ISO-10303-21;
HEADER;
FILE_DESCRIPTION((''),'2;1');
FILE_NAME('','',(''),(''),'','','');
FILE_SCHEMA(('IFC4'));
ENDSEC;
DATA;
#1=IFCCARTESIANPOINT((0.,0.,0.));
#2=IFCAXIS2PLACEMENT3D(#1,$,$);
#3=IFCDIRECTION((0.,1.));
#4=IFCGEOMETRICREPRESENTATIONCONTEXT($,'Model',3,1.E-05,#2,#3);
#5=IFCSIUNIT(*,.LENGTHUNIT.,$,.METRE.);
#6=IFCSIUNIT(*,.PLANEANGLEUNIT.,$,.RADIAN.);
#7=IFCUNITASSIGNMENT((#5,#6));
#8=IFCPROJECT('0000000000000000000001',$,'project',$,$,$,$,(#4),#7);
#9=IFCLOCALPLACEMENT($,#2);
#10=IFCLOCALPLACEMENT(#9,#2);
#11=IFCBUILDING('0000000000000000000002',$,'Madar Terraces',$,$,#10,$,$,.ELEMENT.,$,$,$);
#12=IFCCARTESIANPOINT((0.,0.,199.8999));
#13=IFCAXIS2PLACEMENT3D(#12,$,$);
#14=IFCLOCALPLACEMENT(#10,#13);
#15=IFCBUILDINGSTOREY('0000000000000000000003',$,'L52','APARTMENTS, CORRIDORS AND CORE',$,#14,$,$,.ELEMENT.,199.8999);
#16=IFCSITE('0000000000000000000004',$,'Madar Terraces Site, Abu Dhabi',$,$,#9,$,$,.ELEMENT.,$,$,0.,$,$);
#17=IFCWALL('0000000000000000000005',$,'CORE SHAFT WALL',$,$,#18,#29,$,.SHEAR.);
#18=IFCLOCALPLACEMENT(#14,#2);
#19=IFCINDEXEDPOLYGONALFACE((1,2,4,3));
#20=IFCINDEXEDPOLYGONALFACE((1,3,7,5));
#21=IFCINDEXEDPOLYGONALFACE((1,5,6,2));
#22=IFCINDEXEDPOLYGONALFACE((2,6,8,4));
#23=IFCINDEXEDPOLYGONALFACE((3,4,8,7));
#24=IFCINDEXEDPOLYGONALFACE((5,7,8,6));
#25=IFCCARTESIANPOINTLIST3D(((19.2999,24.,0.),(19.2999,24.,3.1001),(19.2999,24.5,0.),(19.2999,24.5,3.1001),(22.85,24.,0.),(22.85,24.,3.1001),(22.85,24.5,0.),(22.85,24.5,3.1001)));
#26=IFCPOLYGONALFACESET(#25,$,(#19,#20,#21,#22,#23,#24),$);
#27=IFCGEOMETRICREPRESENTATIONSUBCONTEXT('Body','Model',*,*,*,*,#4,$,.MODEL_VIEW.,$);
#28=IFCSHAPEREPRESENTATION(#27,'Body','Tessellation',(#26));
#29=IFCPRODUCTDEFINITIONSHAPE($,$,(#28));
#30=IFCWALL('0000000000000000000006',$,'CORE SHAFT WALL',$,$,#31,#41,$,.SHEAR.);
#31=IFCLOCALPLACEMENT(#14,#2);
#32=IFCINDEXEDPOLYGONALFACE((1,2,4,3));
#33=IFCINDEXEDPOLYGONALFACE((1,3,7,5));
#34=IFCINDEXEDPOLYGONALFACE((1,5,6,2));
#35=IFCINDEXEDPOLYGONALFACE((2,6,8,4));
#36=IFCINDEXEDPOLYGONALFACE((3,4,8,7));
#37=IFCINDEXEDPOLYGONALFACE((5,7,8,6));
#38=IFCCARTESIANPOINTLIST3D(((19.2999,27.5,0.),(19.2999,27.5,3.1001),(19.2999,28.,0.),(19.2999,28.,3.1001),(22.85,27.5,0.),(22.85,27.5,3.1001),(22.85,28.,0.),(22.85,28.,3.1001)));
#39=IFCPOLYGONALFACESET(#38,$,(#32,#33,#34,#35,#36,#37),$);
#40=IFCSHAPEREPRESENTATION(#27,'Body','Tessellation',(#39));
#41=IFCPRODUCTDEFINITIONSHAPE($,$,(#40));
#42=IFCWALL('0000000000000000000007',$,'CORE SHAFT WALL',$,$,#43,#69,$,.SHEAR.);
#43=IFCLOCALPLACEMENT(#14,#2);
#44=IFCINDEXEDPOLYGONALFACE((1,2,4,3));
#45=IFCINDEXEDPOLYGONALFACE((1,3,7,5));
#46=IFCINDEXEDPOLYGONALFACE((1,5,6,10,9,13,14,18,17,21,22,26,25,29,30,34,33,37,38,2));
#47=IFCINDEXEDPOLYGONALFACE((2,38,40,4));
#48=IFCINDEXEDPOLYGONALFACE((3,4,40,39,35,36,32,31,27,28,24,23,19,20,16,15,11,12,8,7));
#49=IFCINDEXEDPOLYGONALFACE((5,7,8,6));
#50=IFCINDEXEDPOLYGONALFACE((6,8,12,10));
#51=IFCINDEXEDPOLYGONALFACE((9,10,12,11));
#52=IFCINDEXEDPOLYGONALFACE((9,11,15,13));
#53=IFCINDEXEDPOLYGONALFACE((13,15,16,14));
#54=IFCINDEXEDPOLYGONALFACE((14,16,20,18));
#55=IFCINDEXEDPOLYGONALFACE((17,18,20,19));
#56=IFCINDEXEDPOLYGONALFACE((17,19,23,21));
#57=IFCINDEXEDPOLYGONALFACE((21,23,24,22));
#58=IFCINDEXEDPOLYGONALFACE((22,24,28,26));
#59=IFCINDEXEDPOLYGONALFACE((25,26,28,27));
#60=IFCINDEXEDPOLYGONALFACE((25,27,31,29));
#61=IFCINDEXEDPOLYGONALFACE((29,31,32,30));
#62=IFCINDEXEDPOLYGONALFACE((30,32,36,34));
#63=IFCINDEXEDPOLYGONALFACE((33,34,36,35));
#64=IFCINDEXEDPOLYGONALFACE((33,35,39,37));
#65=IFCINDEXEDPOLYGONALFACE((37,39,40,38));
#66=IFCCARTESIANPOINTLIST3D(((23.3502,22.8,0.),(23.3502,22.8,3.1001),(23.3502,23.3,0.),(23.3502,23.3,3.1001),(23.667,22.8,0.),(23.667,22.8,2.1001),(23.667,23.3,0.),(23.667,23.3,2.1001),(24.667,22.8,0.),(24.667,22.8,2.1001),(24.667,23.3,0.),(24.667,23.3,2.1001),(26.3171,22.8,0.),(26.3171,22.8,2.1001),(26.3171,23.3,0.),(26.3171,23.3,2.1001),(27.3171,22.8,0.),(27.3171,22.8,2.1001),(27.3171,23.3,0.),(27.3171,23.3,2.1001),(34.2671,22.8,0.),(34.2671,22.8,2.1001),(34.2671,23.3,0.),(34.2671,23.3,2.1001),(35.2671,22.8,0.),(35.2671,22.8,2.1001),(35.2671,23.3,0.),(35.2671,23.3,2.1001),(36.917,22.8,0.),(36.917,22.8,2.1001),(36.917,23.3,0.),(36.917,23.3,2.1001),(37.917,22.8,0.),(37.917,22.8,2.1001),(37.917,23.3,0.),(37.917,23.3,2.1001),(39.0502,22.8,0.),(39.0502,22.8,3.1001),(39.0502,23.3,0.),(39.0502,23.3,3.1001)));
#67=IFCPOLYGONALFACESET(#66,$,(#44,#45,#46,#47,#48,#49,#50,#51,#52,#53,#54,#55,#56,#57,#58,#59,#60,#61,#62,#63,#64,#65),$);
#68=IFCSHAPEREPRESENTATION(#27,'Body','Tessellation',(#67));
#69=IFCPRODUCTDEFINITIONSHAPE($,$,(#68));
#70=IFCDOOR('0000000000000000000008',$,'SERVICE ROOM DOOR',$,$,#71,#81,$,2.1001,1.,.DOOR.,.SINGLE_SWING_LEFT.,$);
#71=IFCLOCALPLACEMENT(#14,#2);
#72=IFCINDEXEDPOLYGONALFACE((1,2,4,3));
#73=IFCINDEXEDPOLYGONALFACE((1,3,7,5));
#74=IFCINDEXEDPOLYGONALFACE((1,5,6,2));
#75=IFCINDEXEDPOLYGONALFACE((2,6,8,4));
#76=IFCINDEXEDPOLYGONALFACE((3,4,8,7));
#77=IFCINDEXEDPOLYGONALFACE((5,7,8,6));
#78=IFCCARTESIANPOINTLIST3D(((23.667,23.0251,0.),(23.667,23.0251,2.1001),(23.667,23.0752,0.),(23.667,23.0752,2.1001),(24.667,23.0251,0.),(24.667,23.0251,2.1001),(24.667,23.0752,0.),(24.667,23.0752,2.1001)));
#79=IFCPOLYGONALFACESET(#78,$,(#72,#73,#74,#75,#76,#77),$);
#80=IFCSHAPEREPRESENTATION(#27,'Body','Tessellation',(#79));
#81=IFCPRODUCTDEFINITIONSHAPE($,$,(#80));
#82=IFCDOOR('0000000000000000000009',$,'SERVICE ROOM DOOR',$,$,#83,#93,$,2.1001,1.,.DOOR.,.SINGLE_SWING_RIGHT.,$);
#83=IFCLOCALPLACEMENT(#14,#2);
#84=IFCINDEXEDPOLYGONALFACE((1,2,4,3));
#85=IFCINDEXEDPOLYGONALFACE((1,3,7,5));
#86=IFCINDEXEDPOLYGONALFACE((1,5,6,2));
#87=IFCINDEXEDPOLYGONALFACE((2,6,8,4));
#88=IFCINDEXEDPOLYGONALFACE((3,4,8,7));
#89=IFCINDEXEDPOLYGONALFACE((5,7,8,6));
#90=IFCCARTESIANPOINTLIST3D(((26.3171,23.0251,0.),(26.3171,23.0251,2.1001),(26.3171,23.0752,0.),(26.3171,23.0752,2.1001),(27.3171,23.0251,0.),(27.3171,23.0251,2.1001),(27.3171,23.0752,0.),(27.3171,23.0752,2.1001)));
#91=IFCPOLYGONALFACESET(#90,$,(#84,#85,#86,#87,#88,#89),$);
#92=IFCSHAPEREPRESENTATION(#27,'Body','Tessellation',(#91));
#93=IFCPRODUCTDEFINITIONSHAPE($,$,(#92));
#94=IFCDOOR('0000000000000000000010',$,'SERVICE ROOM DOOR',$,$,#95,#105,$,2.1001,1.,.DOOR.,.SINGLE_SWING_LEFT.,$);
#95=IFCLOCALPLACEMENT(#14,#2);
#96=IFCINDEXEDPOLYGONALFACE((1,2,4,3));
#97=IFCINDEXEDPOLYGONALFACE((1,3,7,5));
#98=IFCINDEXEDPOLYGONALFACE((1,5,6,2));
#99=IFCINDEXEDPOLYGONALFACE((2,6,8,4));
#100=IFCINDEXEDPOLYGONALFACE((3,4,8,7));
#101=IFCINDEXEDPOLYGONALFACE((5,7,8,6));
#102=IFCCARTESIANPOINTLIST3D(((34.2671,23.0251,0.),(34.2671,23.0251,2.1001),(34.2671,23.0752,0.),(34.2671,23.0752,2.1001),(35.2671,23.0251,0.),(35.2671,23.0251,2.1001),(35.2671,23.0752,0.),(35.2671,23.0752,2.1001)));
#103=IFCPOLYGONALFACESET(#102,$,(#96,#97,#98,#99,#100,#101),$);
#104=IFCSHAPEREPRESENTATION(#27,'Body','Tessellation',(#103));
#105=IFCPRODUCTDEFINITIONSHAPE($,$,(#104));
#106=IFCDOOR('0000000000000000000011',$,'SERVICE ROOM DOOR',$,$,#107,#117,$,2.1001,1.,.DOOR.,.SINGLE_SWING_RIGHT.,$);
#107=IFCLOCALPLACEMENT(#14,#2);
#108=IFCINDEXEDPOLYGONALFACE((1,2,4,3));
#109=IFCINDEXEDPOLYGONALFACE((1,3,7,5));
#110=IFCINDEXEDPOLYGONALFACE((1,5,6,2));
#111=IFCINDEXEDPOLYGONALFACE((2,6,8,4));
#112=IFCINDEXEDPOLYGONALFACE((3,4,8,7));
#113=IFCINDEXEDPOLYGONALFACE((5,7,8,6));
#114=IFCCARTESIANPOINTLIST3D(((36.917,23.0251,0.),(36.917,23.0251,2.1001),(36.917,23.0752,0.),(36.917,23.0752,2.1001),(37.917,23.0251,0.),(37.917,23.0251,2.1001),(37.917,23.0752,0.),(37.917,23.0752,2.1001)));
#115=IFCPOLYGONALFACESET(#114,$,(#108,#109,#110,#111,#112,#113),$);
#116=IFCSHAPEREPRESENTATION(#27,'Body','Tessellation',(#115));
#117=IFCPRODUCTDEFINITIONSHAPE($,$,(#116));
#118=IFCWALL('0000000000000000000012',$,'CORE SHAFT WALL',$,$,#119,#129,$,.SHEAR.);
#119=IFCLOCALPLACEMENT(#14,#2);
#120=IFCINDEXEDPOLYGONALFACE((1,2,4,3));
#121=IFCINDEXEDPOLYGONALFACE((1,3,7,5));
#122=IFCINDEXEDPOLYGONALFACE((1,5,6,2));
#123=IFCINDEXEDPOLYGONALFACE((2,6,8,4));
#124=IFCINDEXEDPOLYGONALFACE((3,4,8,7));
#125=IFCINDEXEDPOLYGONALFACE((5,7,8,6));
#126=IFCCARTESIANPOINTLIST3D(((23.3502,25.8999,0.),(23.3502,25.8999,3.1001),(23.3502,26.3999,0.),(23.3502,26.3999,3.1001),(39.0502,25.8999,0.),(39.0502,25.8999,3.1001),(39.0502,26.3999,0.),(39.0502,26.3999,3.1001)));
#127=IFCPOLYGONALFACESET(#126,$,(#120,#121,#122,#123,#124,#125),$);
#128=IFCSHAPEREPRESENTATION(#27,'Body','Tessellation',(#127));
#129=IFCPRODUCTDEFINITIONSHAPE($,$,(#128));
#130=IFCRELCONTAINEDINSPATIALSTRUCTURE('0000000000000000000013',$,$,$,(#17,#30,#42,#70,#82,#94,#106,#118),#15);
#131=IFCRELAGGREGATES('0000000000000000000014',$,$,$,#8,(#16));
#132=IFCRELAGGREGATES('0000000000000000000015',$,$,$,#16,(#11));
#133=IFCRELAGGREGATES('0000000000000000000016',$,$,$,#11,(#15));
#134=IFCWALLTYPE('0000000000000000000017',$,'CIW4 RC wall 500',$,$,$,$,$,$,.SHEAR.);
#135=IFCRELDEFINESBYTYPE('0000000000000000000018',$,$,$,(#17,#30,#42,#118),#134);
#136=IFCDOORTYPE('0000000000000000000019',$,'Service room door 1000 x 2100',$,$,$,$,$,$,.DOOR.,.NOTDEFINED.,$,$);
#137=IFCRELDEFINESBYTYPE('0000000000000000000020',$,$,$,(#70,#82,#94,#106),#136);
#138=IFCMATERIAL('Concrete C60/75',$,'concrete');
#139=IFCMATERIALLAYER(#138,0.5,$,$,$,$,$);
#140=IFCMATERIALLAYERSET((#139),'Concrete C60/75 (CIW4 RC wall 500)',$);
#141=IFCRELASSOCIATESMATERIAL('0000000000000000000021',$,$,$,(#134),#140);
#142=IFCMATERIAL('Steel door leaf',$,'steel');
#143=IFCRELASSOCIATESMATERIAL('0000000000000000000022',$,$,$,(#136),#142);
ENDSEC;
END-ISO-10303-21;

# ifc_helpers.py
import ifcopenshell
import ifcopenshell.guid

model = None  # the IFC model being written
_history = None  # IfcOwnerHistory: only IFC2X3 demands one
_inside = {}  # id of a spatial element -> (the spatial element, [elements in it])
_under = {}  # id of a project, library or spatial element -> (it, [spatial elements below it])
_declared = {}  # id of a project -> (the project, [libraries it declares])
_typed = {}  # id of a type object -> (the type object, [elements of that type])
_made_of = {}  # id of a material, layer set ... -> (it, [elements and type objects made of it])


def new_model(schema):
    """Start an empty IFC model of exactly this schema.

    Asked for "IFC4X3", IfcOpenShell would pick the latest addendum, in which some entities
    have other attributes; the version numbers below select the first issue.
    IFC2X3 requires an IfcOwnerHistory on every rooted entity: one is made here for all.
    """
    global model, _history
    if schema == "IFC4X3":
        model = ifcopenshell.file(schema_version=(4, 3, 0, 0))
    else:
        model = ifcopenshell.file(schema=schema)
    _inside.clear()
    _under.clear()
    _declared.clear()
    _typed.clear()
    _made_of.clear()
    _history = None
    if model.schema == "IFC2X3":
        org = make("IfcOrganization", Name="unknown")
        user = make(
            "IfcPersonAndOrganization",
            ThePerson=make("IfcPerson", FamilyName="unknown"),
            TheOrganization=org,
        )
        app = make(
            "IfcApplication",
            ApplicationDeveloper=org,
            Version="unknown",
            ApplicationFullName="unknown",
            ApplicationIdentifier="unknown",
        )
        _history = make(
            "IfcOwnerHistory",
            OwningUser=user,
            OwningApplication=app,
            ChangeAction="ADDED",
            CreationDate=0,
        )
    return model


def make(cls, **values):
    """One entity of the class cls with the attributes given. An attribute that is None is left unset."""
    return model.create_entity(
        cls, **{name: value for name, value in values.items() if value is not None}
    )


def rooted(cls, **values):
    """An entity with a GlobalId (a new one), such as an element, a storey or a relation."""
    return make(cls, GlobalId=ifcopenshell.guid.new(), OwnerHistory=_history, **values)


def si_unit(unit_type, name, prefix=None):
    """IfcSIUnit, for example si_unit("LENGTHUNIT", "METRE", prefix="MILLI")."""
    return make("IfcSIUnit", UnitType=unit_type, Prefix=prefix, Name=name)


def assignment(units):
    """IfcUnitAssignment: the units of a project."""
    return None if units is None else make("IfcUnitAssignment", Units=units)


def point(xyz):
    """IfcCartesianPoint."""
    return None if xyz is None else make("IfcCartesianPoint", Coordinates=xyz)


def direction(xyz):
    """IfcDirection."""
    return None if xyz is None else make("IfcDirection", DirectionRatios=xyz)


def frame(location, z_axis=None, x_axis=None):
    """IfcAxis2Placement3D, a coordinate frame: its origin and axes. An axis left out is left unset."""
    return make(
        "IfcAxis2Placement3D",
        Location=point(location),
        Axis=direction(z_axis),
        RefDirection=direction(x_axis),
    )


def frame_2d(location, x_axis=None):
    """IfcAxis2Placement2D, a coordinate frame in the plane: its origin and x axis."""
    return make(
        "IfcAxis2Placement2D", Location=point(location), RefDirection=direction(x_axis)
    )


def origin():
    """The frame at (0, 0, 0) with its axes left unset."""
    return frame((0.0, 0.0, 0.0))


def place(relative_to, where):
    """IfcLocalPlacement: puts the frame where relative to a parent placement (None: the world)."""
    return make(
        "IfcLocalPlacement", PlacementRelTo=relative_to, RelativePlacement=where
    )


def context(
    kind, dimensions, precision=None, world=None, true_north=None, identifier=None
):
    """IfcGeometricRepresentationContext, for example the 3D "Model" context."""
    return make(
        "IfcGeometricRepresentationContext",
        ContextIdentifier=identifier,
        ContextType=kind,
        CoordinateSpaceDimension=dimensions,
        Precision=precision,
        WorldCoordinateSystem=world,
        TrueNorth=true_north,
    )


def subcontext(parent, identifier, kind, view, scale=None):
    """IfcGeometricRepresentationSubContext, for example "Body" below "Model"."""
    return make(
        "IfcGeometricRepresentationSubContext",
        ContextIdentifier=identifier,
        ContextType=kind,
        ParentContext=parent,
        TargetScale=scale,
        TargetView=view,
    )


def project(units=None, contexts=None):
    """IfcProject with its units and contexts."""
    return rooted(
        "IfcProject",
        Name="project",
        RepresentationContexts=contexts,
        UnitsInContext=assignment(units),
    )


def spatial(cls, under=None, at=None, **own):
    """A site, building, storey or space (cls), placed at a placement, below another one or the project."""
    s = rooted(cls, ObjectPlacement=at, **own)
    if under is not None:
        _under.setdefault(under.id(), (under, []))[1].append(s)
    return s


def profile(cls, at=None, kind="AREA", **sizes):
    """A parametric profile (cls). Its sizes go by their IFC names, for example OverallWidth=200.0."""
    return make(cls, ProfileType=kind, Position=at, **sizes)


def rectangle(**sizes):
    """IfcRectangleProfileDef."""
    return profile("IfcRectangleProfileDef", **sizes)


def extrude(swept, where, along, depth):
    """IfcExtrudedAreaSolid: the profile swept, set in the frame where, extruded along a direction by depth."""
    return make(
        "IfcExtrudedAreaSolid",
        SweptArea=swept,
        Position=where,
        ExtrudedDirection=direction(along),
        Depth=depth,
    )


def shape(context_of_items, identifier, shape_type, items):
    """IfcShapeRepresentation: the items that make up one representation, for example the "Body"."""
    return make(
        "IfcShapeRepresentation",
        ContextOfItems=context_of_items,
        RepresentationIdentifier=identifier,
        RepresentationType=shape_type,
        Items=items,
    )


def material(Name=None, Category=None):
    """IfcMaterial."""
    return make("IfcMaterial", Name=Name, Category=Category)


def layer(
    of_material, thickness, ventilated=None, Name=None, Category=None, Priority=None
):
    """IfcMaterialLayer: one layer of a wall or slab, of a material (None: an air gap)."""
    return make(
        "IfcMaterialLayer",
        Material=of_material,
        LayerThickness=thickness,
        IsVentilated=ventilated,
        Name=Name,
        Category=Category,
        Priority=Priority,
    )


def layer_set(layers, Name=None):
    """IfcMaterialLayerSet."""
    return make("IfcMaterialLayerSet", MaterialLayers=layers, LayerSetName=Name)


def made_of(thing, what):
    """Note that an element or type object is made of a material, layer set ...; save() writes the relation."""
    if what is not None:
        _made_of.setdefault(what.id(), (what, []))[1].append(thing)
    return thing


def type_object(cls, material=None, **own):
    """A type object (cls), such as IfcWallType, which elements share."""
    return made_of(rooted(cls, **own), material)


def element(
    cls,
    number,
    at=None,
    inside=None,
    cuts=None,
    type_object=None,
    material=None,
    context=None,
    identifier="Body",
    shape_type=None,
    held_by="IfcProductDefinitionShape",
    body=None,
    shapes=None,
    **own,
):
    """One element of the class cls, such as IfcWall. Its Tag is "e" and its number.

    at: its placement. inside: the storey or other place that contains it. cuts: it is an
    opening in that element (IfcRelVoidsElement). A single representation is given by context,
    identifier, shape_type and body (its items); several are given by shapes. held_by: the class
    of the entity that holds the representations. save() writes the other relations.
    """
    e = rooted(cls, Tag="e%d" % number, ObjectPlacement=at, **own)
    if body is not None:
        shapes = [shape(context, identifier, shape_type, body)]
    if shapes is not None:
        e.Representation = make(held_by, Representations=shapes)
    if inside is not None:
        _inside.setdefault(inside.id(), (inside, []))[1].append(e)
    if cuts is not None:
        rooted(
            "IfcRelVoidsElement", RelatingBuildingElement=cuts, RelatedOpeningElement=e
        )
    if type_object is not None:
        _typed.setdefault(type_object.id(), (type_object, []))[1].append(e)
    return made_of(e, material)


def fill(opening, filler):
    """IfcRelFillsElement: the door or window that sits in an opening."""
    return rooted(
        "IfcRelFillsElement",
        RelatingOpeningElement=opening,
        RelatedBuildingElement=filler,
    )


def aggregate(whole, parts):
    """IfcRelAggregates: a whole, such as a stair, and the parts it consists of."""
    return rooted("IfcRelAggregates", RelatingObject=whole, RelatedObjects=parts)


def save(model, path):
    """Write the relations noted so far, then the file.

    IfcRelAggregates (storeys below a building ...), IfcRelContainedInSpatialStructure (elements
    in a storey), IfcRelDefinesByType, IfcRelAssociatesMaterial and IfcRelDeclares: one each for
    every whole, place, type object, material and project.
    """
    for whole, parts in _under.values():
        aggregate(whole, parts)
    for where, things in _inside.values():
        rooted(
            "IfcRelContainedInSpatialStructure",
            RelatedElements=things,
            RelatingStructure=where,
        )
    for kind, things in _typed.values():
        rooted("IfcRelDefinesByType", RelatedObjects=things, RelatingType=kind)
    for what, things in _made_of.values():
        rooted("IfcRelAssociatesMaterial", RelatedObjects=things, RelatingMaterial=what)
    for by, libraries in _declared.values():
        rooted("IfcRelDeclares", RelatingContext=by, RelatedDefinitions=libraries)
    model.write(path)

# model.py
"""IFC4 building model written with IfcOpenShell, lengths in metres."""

from ifc_helpers import new_model, si_unit, direction, frame, frame_2d, origin, place, context, subcontext, project, spatial, rectangle, extrude, material, layer, layer_set, type_object, element, fill, save


model = new_model("IFC4")

# Units and contexts
model_context = context("Model", 3, precision=1e-05, world=origin(), true_north=direction((0.0, 1.0)))
body_context = subcontext(model_context, "Body", "Model", "MODEL_VIEW")
ifc_project = project(units=[si_unit("LENGTHUNIT", "METRE"), si_unit("PLANEANGLEUNIT", "RADIAN")], contexts=[model_context])

# Site, building, storey
site_placement = place(None, origin())
site = spatial("IfcSite", under=ifc_project, at=site_placement, Name="Madar Terraces Site, Abu Dhabi", CompositionType="ELEMENT", RefElevation=0.0)
building_placement = place(site_placement, origin())
building = spatial("IfcBuilding", under=site, at=building_placement, Name="Madar Terraces", CompositionType="ELEMENT")
storey_placement = place(building_placement, frame((0.0, 0.0, 199.8999)))
storey = spatial("IfcBuildingStorey", under=building, at=storey_placement, Name="L52", Description="APARTMENTS, CORRIDORS AND CORE", CompositionType="ELEMENT", Elevation=199.8999)

# Walls
ifc_material_1 = material(Name="Concrete C60/75", Category="concrete")
ifc_layer_1 = layer(ifc_material_1, 0.5)
ifc_layer_set_1 = layer_set([ifc_layer_1], Name="Concrete C60/75 (CIW4 RC wall 500)")
wall_type_1 = type_object("IfcWallType", Name="CIW4 RC wall 500", PredefinedType="SHEAR", material=ifc_layer_set_1)
for number, where, z_axis, x_axis, name in (
    (1, (19.3, 24.25, 0.0), (0.0, 0.0, 1.0), (1.0, 0.0, 0.0), "CORE SHAFT WALL"),
    (2, (19.3, 27.75, 0.0), (0.0, 0.0, 1.0), (1.0, 0.0, 0.0), "CORE SHAFT WALL"),
):
    element("IfcWall", number, at=place(storey_placement, frame(where, z_axis=z_axis, x_axis=x_axis)), inside=storey, type_object=wall_type_1, Name=name, PredefinedType="SHEAR", context=body_context, shape_type="SweptSolid", body=[
        extrude(rectangle(XDim=3.55, YDim=0.5, at=frame_2d((1.7749, 0.0))), origin(), (0.0, 0.0, 1.0), 3.1001),
    ])

# Wall, openings, doors
wall_1_placement = place(storey_placement, frame((23.3501, 23.05, 0.0), z_axis=(0.0, 0.0, 1.0), x_axis=(1.0, 0.0, 0.0)))
wall_1 = element("IfcWall", 3, at=wall_1_placement, inside=storey, type_object=wall_type_1, Name="CORE SHAFT WALL", PredefinedType="SHEAR", context=body_context, shape_type="SweptSolid", body=[
    extrude(rectangle(XDim=15.7, YDim=0.5, at=frame_2d((7.8501, 0.0))), origin(), (0.0, 0.0, 1.0), 3.1001),
])
opening_1_placement = place(wall_1_placement, frame((0.3169, 0.0, 0.0)))
opening_1 = element("IfcOpeningElement", 4, at=opening_1_placement, cuts=wall_1, PredefinedType="OPENING", context=body_context, shape_type="SweptSolid", body=[
    extrude(rectangle(XDim=1.0, YDim=2.1001, at=frame_2d((0.5, 1.05))), frame((0.0, 0.26, 0.0), z_axis=(0.0, -1.0, 0.0), x_axis=(1.0, 0.0, 0.0)), (0.0, 0.0, 1.0), 0.52),
])
opening_2_placement = place(wall_1_placement, frame((2.967, 0.0, 0.0)))
opening_2 = element("IfcOpeningElement", 5, at=opening_2_placement, cuts=wall_1, PredefinedType="OPENING", context=body_context, shape_type="SweptSolid", body=[
    extrude(rectangle(XDim=1.0, YDim=2.1001, at=frame_2d((0.5, 1.05))), frame((0.0, 0.26, 0.0), z_axis=(0.0, -1.0, 0.0), x_axis=(1.0, 0.0, 0.0)), (0.0, 0.0, 1.0), 0.52),
])
opening_3_placement = place(wall_1_placement, frame((10.917, 0.0, 0.0)))
opening_3 = element("IfcOpeningElement", 6, at=opening_3_placement, cuts=wall_1, PredefinedType="OPENING", context=body_context, shape_type="SweptSolid", body=[
    extrude(rectangle(XDim=1.0, YDim=2.1001, at=frame_2d((0.5, 1.05))), frame((0.0, 0.26, 0.0), z_axis=(0.0, -1.0, 0.0), x_axis=(1.0, 0.0, 0.0)), (0.0, 0.0, 1.0), 0.52),
])
opening_4_placement = place(wall_1_placement, frame((13.5669, 0.0, 0.0)))
opening_4 = element("IfcOpeningElement", 7, at=opening_4_placement, cuts=wall_1, PredefinedType="OPENING", context=body_context, shape_type="SweptSolid", body=[
    extrude(rectangle(XDim=1.0, YDim=2.1001, at=frame_2d((0.5, 1.05))), frame((0.0, 0.26, 0.0), z_axis=(0.0, -1.0, 0.0), x_axis=(1.0, 0.0, 0.0)), (0.0, 0.0, 1.0), 0.52),
])
ifc_material_2 = material(Name="Steel door leaf", Category="steel")
door_type_1 = type_object("IfcDoorType", Name="Service room door 1000 x 2100", OperationType="NOTDEFINED", PredefinedType="DOOR", material=ifc_material_2)
door_1_placement = place(opening_1_placement, frame((1.0, 0.0, 0.0), z_axis=(0.0, 0.0, 1.0), x_axis=(-1.0, 0.0, 0.0)))
door_1 = element("IfcDoor", 8, at=door_1_placement, inside=storey, type_object=door_type_1, Name="SERVICE ROOM DOOR", OperationType="SINGLE_SWING_LEFT", OverallHeight=2.1001, OverallWidth=1.0, PredefinedType="DOOR", context=body_context, shape_type="SweptSolid", body=[
    extrude(rectangle(XDim=1.0, YDim=2.1001, at=frame_2d((0.5, 1.05))), frame((0.0, 0.0249, 0.0), z_axis=(0.0, -1.0, 0.0), x_axis=(1.0, 0.0, 0.0)), (0.0, 0.0, 1.0), 0.05),
])
fill(opening_1, door_1)
door_2_placement = place(opening_2_placement, frame((1.0, 0.0, 0.0), z_axis=(0.0, 0.0, 1.0), x_axis=(-1.0, 0.0, 0.0)))
door_2 = element("IfcDoor", 9, at=door_2_placement, inside=storey, type_object=door_type_1, Name="SERVICE ROOM DOOR", OperationType="SINGLE_SWING_RIGHT", OverallHeight=2.1001, OverallWidth=1.0, PredefinedType="DOOR", context=body_context, shape_type="SweptSolid", body=[
    extrude(rectangle(XDim=1.0, YDim=2.1001, at=frame_2d((0.5, 1.05))), frame((0.0, 0.0249, 0.0), z_axis=(0.0, -1.0, 0.0), x_axis=(1.0, 0.0, 0.0)), (0.0, 0.0, 1.0), 0.05),
])
fill(opening_2, door_2)
door_3_placement = place(opening_3_placement, frame((1.0, 0.0, 0.0), z_axis=(0.0, 0.0, 1.0), x_axis=(-1.0, 0.0, 0.0)))
door_3 = element("IfcDoor", 10, at=door_3_placement, inside=storey, type_object=door_type_1, Name="SERVICE ROOM DOOR", OperationType="SINGLE_SWING_LEFT", OverallHeight=2.1001, OverallWidth=1.0, PredefinedType="DOOR", context=body_context, shape_type="SweptSolid", body=[
    extrude(rectangle(XDim=1.0, YDim=2.1001, at=frame_2d((0.5, 1.05))), frame((0.0, 0.0249, 0.0), z_axis=(0.0, -1.0, 0.0), x_axis=(1.0, 0.0, 0.0)), (0.0, 0.0, 1.0), 0.05),
])
fill(opening_3, door_3)
door_4_placement = place(opening_4_placement, frame((1.0, 0.0, 0.0), z_axis=(0.0, 0.0, 1.0), x_axis=(-1.0, 0.0, 0.0)))
door_4 = element("IfcDoor", 11, at=door_4_placement, inside=storey, type_object=door_type_1, Name="SERVICE ROOM DOOR", OperationType="SINGLE_SWING_RIGHT", OverallHeight=2.1001, OverallWidth=1.0, PredefinedType="DOOR", context=body_context, shape_type="SweptSolid", body=[
    extrude(rectangle(XDim=1.0, YDim=2.1001, at=frame_2d((0.5, 1.05))), frame((0.0, 0.0249, 0.0), z_axis=(0.0, -1.0, 0.0), x_axis=(1.0, 0.0, 0.0)), (0.0, 0.0, 1.0), 0.05),
])
fill(opening_4, door_4)

# Wall
wall_2_placement = place(storey_placement, frame((23.3501, 26.1499, 0.0), z_axis=(0.0, 0.0, 1.0), x_axis=(1.0, 0.0, 0.0)))
element("IfcWall", 12, at=wall_2_placement, inside=storey, type_object=wall_type_1, Name="CORE SHAFT WALL", PredefinedType="SHEAR", context=body_context, shape_type="SweptSolid", body=[
    extrude(rectangle(XDim=15.7, YDim=0.5, at=frame_2d((7.8501, 0.0))), origin(), (0.0, 0.0, 1.0), 3.1001),
])

save(model, "model.ifc")
